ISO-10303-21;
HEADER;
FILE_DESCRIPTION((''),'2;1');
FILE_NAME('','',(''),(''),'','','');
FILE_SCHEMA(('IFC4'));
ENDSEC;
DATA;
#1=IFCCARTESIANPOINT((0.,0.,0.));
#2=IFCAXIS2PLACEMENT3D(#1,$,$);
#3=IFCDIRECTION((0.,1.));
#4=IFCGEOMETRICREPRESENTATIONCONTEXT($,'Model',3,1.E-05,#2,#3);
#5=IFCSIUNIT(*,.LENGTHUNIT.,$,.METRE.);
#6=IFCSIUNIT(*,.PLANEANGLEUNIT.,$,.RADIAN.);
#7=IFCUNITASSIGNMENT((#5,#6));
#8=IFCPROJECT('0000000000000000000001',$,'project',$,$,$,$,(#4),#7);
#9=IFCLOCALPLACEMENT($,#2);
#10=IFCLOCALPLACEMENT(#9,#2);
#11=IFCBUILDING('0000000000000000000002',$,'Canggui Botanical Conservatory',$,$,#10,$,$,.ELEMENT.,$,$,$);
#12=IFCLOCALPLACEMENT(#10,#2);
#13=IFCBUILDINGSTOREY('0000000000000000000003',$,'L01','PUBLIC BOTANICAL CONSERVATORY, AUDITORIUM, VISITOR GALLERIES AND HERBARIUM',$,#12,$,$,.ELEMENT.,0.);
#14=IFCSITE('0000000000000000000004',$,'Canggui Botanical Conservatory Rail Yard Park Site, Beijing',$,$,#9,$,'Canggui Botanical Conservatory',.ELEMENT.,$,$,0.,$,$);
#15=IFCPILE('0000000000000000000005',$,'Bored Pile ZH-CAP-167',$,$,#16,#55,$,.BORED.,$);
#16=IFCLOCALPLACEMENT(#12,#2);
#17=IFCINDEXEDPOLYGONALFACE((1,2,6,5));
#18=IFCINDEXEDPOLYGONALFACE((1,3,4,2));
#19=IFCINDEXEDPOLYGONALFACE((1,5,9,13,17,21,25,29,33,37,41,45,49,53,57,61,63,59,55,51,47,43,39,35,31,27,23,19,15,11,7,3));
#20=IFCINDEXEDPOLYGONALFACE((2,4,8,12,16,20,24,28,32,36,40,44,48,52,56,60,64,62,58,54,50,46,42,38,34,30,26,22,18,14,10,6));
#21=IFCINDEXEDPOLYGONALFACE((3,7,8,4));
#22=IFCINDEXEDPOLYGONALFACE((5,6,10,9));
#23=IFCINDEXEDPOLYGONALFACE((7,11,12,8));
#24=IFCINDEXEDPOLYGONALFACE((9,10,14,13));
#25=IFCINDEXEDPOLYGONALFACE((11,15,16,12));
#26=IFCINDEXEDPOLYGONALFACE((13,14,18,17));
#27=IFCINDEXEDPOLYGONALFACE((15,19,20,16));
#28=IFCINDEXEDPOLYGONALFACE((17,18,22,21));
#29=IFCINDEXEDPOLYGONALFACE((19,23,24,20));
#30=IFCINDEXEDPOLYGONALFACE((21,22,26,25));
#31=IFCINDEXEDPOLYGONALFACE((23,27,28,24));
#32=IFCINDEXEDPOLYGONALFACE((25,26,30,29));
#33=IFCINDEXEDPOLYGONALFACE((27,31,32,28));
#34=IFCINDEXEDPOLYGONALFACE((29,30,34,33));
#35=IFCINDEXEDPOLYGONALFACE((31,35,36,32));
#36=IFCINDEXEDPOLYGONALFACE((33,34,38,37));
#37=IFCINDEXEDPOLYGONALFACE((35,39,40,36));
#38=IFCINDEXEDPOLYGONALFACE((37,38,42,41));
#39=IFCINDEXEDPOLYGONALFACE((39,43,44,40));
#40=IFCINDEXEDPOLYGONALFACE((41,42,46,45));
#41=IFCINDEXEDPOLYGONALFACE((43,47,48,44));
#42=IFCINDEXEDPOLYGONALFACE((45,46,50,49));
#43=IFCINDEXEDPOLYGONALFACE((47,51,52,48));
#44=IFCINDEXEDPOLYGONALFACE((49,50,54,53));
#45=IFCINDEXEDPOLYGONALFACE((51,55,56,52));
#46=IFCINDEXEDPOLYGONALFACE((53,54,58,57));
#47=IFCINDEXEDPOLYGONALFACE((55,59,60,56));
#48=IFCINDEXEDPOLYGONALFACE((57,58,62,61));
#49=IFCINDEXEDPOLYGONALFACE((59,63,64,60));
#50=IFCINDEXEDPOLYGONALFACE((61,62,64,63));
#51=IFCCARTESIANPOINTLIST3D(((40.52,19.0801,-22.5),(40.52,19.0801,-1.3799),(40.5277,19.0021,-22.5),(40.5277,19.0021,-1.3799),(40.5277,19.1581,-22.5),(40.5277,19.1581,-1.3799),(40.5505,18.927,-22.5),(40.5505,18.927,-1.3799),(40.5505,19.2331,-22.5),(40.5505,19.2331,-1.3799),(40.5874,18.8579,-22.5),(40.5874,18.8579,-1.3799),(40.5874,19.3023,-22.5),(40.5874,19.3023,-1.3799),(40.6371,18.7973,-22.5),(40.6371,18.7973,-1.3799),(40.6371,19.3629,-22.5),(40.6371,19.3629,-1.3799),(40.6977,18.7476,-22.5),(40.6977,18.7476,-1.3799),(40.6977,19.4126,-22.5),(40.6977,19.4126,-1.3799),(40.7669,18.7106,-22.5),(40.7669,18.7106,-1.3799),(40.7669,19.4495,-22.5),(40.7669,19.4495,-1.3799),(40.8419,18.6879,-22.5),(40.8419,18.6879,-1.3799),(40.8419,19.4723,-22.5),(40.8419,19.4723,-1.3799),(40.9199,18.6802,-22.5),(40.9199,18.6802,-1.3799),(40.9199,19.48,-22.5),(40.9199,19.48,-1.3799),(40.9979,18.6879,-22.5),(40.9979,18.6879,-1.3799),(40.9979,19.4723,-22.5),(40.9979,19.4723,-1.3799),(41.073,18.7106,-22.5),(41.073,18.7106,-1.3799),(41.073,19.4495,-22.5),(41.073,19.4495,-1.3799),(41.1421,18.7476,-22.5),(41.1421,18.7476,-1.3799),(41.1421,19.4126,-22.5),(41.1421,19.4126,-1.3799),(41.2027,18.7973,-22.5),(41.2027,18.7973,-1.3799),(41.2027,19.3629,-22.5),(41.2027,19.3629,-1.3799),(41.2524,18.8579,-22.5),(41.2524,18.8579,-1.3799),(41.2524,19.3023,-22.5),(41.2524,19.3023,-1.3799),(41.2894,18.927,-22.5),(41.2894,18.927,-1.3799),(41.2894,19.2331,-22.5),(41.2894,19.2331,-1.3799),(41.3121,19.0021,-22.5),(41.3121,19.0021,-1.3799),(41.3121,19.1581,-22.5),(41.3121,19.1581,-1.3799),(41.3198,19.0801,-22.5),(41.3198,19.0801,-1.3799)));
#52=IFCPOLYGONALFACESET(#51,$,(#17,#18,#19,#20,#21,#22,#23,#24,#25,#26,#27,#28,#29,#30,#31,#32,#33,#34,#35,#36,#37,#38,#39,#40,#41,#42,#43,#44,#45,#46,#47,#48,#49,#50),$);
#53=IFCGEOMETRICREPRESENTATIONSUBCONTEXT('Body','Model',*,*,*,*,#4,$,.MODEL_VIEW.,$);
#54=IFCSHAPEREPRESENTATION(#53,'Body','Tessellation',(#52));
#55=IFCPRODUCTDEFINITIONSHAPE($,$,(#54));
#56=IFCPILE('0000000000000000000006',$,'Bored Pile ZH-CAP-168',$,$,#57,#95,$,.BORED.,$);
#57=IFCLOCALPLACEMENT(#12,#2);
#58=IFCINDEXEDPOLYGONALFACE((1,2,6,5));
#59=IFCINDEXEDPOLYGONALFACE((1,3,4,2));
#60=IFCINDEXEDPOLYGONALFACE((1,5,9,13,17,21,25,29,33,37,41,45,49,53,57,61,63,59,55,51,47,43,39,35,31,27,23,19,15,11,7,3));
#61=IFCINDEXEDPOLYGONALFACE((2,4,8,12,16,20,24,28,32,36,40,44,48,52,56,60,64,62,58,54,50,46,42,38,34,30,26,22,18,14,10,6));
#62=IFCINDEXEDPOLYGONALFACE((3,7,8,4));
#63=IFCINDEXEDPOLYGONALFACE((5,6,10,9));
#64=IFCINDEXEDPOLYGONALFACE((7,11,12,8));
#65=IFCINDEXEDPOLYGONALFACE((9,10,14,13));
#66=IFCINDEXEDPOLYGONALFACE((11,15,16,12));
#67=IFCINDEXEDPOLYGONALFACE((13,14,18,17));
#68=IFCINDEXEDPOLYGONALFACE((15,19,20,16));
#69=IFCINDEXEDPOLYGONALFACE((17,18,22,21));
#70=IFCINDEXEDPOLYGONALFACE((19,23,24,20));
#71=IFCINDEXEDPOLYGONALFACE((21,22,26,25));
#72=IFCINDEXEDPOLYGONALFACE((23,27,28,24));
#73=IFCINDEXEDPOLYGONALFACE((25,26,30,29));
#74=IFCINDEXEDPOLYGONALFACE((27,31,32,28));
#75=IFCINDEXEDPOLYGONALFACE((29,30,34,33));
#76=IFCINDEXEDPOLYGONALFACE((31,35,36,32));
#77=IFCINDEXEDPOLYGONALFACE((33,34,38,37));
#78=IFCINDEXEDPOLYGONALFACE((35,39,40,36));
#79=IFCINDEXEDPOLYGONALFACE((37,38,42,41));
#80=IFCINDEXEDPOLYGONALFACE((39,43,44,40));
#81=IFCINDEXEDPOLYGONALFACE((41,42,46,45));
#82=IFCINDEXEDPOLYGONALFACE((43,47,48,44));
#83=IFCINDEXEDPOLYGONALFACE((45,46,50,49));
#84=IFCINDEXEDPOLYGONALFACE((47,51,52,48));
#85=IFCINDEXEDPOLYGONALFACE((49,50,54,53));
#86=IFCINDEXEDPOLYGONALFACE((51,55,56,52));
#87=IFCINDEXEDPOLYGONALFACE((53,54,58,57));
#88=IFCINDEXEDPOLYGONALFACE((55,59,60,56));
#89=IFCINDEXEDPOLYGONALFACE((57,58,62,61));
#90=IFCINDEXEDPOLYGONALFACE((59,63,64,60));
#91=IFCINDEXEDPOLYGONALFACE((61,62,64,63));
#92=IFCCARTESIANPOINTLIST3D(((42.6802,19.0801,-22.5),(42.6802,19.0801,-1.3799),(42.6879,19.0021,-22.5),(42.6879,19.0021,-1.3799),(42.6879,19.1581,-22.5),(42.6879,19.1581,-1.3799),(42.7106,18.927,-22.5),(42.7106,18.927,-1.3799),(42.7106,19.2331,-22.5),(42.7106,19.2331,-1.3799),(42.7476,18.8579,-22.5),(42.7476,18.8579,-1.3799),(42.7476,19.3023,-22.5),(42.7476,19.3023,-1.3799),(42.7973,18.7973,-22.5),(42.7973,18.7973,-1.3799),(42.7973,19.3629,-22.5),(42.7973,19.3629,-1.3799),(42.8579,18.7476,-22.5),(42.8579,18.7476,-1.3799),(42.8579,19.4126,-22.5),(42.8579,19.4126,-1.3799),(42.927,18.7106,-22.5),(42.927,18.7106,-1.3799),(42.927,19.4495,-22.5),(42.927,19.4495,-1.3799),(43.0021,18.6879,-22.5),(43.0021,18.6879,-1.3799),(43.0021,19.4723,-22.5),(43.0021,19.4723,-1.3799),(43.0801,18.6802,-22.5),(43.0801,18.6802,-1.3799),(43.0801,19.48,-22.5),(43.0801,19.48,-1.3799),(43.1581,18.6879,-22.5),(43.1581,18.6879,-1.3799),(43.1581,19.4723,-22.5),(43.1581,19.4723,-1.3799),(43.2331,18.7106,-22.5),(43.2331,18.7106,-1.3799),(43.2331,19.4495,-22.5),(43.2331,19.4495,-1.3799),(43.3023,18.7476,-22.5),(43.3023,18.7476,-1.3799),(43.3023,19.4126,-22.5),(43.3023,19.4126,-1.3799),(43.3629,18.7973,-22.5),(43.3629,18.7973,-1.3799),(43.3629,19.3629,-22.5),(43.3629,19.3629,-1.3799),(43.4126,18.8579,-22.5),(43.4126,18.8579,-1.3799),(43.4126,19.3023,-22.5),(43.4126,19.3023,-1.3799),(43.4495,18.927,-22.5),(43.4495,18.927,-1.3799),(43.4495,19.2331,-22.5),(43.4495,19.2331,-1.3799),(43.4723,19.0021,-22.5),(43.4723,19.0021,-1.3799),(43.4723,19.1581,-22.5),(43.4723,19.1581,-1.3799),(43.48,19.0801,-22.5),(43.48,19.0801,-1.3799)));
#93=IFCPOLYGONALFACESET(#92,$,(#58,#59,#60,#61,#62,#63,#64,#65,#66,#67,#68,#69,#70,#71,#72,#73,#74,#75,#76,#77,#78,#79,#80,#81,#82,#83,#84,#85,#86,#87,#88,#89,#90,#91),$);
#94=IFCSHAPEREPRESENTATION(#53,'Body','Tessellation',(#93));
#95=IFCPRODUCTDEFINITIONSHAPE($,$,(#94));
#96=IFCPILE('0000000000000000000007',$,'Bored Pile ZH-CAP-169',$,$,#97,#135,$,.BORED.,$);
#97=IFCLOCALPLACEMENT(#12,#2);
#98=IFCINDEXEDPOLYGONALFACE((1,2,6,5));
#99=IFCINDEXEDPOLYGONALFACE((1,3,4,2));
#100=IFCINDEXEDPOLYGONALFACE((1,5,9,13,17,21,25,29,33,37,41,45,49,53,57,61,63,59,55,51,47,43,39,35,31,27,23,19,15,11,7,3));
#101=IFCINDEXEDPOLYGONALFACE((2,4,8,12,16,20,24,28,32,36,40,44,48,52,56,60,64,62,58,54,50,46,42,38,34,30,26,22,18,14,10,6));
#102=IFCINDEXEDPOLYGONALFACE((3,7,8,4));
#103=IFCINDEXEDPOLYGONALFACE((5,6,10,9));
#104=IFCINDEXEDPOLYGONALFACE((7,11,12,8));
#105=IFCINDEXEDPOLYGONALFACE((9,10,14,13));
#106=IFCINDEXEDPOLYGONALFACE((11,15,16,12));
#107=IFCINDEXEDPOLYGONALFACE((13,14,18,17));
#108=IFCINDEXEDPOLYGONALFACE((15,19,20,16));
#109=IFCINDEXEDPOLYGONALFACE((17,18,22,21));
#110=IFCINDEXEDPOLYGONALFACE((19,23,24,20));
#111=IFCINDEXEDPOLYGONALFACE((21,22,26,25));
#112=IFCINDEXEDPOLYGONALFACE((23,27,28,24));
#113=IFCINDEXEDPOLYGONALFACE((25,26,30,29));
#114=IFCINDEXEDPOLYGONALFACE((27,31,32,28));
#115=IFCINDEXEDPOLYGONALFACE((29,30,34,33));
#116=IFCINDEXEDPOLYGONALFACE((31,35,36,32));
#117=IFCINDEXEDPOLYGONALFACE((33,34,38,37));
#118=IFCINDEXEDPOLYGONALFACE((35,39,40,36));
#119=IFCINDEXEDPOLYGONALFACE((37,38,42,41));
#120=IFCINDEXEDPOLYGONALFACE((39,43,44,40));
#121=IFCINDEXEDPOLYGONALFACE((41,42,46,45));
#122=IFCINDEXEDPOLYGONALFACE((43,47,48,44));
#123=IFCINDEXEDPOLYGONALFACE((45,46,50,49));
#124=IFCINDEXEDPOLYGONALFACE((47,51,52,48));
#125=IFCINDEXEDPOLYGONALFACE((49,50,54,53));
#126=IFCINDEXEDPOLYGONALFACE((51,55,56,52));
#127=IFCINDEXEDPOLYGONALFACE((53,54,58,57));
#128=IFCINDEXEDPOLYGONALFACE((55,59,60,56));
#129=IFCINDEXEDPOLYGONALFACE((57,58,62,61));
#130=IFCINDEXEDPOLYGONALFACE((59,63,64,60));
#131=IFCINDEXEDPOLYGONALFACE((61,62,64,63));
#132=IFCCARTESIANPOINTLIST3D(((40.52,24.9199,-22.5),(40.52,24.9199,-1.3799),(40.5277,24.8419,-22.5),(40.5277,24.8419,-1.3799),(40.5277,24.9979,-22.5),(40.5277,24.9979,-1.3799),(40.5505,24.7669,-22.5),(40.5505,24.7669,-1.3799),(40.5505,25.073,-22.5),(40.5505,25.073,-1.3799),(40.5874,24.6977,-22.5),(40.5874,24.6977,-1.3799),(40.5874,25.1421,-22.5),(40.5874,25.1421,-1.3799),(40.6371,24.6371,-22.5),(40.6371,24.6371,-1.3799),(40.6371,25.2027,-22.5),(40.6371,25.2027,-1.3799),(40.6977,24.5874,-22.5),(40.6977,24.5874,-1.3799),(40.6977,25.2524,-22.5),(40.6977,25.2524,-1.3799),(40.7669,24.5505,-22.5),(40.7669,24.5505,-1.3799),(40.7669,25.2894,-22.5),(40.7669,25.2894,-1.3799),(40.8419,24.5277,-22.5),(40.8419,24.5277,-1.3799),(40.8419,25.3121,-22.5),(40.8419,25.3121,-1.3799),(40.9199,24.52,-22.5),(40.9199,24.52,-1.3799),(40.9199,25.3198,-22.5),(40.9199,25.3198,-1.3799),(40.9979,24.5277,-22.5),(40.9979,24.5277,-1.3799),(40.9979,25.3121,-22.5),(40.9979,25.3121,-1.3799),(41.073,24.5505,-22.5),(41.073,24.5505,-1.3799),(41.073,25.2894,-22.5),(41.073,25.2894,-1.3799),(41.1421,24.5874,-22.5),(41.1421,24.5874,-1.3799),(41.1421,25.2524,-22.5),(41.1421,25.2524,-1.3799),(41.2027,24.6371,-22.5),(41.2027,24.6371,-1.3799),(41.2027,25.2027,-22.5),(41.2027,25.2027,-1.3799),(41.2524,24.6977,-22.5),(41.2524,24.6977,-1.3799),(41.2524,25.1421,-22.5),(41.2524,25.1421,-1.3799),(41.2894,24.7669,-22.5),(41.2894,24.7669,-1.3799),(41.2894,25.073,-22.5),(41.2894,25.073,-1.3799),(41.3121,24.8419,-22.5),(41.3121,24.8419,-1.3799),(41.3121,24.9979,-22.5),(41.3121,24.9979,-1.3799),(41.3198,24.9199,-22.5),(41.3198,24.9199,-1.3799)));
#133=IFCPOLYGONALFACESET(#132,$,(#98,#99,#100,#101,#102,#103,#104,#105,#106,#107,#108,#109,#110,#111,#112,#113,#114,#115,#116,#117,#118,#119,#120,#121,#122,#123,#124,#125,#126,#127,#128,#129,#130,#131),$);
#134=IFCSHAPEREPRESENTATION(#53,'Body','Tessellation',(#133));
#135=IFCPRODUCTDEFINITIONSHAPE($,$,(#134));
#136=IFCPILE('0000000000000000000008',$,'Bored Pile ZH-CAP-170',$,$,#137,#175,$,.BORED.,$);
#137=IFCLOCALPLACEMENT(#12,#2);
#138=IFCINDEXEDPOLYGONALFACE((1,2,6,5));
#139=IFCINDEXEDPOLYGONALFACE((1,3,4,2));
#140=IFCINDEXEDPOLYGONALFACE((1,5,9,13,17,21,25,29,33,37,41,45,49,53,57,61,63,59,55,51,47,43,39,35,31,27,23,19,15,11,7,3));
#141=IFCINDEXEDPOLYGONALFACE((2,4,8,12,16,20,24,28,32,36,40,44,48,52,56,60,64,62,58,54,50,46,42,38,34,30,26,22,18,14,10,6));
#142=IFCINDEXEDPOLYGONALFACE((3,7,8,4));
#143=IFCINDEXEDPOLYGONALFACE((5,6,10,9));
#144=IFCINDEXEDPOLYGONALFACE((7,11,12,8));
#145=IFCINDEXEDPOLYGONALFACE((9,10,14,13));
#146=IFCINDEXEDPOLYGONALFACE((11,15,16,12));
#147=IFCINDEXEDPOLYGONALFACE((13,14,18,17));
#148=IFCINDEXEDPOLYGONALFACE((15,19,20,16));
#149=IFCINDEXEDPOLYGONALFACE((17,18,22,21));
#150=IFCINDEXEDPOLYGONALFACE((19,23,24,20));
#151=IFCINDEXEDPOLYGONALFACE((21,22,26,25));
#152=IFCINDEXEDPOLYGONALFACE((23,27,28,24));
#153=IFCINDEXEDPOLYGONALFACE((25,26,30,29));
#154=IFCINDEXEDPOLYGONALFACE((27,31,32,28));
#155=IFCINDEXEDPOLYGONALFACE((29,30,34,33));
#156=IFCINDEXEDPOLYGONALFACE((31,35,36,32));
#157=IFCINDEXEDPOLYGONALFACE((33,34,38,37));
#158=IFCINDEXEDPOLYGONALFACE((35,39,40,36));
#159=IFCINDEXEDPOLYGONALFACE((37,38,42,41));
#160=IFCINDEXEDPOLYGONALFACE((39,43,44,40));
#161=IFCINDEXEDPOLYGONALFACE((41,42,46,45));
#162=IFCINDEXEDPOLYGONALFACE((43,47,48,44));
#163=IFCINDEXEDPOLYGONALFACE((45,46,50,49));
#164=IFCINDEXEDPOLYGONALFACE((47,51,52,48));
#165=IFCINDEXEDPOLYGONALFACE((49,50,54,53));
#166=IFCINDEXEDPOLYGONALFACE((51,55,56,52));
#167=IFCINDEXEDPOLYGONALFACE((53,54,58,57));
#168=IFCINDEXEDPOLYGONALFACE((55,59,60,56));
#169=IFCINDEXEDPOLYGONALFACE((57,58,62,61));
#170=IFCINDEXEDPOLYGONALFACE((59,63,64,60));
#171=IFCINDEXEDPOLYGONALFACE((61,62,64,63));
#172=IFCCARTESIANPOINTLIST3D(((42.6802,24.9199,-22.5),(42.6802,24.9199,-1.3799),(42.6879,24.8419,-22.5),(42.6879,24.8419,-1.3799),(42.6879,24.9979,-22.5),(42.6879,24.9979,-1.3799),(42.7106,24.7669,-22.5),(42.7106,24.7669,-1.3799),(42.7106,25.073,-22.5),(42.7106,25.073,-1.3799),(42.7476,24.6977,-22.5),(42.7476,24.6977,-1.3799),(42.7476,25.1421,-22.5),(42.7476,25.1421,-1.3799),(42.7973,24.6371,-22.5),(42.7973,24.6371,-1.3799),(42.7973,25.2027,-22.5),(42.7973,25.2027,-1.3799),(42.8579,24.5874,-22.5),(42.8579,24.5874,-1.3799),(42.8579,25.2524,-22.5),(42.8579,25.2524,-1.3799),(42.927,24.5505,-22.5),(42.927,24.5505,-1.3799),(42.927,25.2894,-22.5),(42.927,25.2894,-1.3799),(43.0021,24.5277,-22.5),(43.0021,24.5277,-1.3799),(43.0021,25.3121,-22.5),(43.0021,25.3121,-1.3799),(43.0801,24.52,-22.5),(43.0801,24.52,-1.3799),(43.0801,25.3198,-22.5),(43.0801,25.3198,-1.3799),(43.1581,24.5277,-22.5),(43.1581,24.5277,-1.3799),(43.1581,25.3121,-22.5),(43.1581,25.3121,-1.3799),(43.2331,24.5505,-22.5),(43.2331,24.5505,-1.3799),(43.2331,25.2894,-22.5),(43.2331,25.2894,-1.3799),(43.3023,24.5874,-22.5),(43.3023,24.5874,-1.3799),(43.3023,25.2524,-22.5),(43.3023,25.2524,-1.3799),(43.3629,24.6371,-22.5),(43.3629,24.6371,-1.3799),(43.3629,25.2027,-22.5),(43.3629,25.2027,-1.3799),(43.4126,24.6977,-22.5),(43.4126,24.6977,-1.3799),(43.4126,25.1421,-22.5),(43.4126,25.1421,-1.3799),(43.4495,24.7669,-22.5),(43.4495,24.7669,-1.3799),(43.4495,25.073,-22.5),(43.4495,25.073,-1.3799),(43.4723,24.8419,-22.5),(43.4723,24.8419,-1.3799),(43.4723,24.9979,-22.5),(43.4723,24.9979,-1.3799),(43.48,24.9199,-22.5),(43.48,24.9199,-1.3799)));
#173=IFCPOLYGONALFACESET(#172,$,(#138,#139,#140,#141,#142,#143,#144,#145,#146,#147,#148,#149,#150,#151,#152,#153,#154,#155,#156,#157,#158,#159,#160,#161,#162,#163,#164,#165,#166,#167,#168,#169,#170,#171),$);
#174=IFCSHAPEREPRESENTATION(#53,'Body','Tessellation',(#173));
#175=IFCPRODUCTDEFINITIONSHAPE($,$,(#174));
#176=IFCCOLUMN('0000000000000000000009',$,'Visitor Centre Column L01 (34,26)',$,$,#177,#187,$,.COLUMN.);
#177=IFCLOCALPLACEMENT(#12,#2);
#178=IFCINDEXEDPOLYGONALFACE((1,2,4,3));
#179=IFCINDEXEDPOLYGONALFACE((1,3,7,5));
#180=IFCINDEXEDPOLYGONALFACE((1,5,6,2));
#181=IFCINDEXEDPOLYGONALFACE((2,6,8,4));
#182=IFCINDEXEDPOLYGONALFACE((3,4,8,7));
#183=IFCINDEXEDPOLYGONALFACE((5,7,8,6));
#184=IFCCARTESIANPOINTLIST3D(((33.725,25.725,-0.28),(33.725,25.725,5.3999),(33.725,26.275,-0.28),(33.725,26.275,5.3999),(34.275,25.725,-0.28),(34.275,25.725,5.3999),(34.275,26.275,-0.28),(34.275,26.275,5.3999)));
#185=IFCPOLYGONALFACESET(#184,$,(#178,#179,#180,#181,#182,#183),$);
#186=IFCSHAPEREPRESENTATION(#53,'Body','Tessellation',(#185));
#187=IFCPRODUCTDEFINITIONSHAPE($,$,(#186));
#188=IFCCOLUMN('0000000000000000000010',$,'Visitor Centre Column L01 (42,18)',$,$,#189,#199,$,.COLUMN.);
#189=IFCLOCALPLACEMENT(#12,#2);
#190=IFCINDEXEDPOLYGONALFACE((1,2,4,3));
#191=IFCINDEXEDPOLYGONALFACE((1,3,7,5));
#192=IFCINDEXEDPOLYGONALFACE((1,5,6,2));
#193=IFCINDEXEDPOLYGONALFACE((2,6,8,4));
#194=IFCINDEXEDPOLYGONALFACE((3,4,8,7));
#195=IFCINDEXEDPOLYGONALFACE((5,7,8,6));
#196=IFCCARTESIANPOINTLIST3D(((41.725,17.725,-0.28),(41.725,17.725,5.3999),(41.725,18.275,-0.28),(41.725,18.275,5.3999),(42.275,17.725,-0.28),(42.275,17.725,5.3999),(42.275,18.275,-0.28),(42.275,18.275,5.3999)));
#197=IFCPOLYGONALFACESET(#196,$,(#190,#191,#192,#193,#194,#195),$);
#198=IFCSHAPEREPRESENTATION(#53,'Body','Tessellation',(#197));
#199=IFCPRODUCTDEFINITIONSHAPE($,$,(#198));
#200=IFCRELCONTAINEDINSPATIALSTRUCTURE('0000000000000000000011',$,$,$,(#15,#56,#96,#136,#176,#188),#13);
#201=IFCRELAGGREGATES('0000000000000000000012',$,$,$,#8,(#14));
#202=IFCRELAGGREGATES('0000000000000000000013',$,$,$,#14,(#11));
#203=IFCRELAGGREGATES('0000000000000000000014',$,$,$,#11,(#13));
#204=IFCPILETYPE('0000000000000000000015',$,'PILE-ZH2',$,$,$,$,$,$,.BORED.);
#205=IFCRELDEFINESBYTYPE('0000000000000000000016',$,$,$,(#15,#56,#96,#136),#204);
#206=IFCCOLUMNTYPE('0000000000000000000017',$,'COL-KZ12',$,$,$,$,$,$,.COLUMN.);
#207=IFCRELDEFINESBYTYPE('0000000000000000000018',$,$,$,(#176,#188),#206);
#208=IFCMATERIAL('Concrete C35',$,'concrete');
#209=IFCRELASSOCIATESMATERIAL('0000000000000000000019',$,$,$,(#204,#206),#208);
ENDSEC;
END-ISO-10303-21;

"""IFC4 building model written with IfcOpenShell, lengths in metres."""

from ifc_helpers import new_model, si_unit, direction, frame, origin, origin_2d, place, context, subcontext, project, spatial, rectangle, circle, extrude, material, material_profile, profile_set, type_object, element, save


model = new_model("IFC4")

# Units and contexts
model_context = context("Model", 3, precision=1e-05, world=origin(), true_north=direction((0.0, 1.0)))
body_context = subcontext(model_context, "Body", "Model", "MODEL_VIEW")
ifc_project = project(units=[si_unit("LENGTHUNIT", "METRE"), si_unit("PLANEANGLEUNIT", "RADIAN")], contexts=[model_context])

# Site, building, storey
site_placement = place(None, origin())
site = spatial("IfcSite", under=ifc_project, at=site_placement, Name="Canggui Botanical Conservatory Rail Yard Park Site, Beijing", LongName="Canggui Botanical Conservatory", CompositionType="ELEMENT", RefElevation=0.0)
building_placement = place(site_placement, origin())
building = spatial("IfcBuilding", under=site, at=building_placement, Name="Canggui Botanical Conservatory", CompositionType="ELEMENT")
storey_placement = place(building_placement, origin())
storey = spatial("IfcBuildingStorey", under=building, at=storey_placement, Name="L01", Description="PUBLIC BOTANICAL CONSERVATORY, AUDITORIUM, VISITOR GALLERIES AND HERBARIUM", CompositionType="ELEMENT", Elevation=0.0)

# Shared definitions
ifc_material_1 = material(Name="Concrete C35", Category="concrete")

# Piles
ifc_material_profile_1 = material_profile(ifc_material_1, circle(Radius=0.3999, at=origin_2d()), Name="PILE D800")
ifc_profile_set_1 = profile_set([ifc_material_profile_1], Name="Concrete C35")
pile_type = type_object("IfcPileType", Name="PILE-ZH2", PredefinedType="BORED", material=ifc_profile_set_1)
for number, where, z_axis, x_axis, name in (
    (1, (40.9199, 19.0801, -1.3799), (0.0, 0.0, -1.0), (1.0, 0.0, 0.0), "Bored Pile ZH-CAP-167"),
    (2, (43.0801, 19.0801, -1.3799), (0.0, 0.0, -1.0), (1.0, 0.0, 0.0), "Bored Pile ZH-CAP-168"),
    (3, (40.9199, 24.9199, -1.3799), (0.0, 0.0, -1.0), (1.0, 0.0, 0.0), "Bored Pile ZH-CAP-169"),
    (4, (43.0801, 24.9199, -1.3799), (0.0, 0.0, -1.0), (1.0, 0.0, 0.0), "Bored Pile ZH-CAP-170"),
):
    element("IfcPile", number, at=place(storey_placement, frame(where, z_axis=z_axis, x_axis=x_axis)), inside=storey, type_object=pile_type, Name=name, PredefinedType="BORED", context=body_context, shape_type="SweptSolid", body=[
        extrude(circle(Radius=0.3999, at=origin_2d()), origin(), (0.0, 0.0, 1.0), 21.1201),
    ])

# Columns
ifc_material_profile_2 = material_profile(ifc_material_1, rectangle(XDim=0.55, YDim=0.55, at=origin_2d()), Name="RC 550x550")
ifc_profile_set_2 = profile_set([ifc_material_profile_2], Name="Concrete C35")
column_type = type_object("IfcColumnType", Name="COL-KZ12", PredefinedType="COLUMN", material=ifc_profile_set_2)
for number, where, z_axis, x_axis, name in (
    (5, (34.0, 26.0, -0.28), (0.0, 0.0, 1.0), (1.0, 0.0, 0.0), "Visitor Centre Column L01 (34,26)"),
    (6, (42.0, 18.0, -0.28), (0.0, 0.0, 1.0), (1.0, 0.0, 0.0), "Visitor Centre Column L01 (42,18)"),
):
    element("IfcColumn", number, at=place(storey_placement, frame(where, z_axis=z_axis, x_axis=x_axis)), inside=storey, type_object=column_type, Name=name, PredefinedType="COLUMN", context=body_context, shape_type="SweptSolid", body=[
        extrude(rectangle(XDim=0.55, YDim=0.55, at=origin_2d()), origin(), (0.0, 0.0, 1.0), 5.6799),
    ])

save(model, "model.ifc")
